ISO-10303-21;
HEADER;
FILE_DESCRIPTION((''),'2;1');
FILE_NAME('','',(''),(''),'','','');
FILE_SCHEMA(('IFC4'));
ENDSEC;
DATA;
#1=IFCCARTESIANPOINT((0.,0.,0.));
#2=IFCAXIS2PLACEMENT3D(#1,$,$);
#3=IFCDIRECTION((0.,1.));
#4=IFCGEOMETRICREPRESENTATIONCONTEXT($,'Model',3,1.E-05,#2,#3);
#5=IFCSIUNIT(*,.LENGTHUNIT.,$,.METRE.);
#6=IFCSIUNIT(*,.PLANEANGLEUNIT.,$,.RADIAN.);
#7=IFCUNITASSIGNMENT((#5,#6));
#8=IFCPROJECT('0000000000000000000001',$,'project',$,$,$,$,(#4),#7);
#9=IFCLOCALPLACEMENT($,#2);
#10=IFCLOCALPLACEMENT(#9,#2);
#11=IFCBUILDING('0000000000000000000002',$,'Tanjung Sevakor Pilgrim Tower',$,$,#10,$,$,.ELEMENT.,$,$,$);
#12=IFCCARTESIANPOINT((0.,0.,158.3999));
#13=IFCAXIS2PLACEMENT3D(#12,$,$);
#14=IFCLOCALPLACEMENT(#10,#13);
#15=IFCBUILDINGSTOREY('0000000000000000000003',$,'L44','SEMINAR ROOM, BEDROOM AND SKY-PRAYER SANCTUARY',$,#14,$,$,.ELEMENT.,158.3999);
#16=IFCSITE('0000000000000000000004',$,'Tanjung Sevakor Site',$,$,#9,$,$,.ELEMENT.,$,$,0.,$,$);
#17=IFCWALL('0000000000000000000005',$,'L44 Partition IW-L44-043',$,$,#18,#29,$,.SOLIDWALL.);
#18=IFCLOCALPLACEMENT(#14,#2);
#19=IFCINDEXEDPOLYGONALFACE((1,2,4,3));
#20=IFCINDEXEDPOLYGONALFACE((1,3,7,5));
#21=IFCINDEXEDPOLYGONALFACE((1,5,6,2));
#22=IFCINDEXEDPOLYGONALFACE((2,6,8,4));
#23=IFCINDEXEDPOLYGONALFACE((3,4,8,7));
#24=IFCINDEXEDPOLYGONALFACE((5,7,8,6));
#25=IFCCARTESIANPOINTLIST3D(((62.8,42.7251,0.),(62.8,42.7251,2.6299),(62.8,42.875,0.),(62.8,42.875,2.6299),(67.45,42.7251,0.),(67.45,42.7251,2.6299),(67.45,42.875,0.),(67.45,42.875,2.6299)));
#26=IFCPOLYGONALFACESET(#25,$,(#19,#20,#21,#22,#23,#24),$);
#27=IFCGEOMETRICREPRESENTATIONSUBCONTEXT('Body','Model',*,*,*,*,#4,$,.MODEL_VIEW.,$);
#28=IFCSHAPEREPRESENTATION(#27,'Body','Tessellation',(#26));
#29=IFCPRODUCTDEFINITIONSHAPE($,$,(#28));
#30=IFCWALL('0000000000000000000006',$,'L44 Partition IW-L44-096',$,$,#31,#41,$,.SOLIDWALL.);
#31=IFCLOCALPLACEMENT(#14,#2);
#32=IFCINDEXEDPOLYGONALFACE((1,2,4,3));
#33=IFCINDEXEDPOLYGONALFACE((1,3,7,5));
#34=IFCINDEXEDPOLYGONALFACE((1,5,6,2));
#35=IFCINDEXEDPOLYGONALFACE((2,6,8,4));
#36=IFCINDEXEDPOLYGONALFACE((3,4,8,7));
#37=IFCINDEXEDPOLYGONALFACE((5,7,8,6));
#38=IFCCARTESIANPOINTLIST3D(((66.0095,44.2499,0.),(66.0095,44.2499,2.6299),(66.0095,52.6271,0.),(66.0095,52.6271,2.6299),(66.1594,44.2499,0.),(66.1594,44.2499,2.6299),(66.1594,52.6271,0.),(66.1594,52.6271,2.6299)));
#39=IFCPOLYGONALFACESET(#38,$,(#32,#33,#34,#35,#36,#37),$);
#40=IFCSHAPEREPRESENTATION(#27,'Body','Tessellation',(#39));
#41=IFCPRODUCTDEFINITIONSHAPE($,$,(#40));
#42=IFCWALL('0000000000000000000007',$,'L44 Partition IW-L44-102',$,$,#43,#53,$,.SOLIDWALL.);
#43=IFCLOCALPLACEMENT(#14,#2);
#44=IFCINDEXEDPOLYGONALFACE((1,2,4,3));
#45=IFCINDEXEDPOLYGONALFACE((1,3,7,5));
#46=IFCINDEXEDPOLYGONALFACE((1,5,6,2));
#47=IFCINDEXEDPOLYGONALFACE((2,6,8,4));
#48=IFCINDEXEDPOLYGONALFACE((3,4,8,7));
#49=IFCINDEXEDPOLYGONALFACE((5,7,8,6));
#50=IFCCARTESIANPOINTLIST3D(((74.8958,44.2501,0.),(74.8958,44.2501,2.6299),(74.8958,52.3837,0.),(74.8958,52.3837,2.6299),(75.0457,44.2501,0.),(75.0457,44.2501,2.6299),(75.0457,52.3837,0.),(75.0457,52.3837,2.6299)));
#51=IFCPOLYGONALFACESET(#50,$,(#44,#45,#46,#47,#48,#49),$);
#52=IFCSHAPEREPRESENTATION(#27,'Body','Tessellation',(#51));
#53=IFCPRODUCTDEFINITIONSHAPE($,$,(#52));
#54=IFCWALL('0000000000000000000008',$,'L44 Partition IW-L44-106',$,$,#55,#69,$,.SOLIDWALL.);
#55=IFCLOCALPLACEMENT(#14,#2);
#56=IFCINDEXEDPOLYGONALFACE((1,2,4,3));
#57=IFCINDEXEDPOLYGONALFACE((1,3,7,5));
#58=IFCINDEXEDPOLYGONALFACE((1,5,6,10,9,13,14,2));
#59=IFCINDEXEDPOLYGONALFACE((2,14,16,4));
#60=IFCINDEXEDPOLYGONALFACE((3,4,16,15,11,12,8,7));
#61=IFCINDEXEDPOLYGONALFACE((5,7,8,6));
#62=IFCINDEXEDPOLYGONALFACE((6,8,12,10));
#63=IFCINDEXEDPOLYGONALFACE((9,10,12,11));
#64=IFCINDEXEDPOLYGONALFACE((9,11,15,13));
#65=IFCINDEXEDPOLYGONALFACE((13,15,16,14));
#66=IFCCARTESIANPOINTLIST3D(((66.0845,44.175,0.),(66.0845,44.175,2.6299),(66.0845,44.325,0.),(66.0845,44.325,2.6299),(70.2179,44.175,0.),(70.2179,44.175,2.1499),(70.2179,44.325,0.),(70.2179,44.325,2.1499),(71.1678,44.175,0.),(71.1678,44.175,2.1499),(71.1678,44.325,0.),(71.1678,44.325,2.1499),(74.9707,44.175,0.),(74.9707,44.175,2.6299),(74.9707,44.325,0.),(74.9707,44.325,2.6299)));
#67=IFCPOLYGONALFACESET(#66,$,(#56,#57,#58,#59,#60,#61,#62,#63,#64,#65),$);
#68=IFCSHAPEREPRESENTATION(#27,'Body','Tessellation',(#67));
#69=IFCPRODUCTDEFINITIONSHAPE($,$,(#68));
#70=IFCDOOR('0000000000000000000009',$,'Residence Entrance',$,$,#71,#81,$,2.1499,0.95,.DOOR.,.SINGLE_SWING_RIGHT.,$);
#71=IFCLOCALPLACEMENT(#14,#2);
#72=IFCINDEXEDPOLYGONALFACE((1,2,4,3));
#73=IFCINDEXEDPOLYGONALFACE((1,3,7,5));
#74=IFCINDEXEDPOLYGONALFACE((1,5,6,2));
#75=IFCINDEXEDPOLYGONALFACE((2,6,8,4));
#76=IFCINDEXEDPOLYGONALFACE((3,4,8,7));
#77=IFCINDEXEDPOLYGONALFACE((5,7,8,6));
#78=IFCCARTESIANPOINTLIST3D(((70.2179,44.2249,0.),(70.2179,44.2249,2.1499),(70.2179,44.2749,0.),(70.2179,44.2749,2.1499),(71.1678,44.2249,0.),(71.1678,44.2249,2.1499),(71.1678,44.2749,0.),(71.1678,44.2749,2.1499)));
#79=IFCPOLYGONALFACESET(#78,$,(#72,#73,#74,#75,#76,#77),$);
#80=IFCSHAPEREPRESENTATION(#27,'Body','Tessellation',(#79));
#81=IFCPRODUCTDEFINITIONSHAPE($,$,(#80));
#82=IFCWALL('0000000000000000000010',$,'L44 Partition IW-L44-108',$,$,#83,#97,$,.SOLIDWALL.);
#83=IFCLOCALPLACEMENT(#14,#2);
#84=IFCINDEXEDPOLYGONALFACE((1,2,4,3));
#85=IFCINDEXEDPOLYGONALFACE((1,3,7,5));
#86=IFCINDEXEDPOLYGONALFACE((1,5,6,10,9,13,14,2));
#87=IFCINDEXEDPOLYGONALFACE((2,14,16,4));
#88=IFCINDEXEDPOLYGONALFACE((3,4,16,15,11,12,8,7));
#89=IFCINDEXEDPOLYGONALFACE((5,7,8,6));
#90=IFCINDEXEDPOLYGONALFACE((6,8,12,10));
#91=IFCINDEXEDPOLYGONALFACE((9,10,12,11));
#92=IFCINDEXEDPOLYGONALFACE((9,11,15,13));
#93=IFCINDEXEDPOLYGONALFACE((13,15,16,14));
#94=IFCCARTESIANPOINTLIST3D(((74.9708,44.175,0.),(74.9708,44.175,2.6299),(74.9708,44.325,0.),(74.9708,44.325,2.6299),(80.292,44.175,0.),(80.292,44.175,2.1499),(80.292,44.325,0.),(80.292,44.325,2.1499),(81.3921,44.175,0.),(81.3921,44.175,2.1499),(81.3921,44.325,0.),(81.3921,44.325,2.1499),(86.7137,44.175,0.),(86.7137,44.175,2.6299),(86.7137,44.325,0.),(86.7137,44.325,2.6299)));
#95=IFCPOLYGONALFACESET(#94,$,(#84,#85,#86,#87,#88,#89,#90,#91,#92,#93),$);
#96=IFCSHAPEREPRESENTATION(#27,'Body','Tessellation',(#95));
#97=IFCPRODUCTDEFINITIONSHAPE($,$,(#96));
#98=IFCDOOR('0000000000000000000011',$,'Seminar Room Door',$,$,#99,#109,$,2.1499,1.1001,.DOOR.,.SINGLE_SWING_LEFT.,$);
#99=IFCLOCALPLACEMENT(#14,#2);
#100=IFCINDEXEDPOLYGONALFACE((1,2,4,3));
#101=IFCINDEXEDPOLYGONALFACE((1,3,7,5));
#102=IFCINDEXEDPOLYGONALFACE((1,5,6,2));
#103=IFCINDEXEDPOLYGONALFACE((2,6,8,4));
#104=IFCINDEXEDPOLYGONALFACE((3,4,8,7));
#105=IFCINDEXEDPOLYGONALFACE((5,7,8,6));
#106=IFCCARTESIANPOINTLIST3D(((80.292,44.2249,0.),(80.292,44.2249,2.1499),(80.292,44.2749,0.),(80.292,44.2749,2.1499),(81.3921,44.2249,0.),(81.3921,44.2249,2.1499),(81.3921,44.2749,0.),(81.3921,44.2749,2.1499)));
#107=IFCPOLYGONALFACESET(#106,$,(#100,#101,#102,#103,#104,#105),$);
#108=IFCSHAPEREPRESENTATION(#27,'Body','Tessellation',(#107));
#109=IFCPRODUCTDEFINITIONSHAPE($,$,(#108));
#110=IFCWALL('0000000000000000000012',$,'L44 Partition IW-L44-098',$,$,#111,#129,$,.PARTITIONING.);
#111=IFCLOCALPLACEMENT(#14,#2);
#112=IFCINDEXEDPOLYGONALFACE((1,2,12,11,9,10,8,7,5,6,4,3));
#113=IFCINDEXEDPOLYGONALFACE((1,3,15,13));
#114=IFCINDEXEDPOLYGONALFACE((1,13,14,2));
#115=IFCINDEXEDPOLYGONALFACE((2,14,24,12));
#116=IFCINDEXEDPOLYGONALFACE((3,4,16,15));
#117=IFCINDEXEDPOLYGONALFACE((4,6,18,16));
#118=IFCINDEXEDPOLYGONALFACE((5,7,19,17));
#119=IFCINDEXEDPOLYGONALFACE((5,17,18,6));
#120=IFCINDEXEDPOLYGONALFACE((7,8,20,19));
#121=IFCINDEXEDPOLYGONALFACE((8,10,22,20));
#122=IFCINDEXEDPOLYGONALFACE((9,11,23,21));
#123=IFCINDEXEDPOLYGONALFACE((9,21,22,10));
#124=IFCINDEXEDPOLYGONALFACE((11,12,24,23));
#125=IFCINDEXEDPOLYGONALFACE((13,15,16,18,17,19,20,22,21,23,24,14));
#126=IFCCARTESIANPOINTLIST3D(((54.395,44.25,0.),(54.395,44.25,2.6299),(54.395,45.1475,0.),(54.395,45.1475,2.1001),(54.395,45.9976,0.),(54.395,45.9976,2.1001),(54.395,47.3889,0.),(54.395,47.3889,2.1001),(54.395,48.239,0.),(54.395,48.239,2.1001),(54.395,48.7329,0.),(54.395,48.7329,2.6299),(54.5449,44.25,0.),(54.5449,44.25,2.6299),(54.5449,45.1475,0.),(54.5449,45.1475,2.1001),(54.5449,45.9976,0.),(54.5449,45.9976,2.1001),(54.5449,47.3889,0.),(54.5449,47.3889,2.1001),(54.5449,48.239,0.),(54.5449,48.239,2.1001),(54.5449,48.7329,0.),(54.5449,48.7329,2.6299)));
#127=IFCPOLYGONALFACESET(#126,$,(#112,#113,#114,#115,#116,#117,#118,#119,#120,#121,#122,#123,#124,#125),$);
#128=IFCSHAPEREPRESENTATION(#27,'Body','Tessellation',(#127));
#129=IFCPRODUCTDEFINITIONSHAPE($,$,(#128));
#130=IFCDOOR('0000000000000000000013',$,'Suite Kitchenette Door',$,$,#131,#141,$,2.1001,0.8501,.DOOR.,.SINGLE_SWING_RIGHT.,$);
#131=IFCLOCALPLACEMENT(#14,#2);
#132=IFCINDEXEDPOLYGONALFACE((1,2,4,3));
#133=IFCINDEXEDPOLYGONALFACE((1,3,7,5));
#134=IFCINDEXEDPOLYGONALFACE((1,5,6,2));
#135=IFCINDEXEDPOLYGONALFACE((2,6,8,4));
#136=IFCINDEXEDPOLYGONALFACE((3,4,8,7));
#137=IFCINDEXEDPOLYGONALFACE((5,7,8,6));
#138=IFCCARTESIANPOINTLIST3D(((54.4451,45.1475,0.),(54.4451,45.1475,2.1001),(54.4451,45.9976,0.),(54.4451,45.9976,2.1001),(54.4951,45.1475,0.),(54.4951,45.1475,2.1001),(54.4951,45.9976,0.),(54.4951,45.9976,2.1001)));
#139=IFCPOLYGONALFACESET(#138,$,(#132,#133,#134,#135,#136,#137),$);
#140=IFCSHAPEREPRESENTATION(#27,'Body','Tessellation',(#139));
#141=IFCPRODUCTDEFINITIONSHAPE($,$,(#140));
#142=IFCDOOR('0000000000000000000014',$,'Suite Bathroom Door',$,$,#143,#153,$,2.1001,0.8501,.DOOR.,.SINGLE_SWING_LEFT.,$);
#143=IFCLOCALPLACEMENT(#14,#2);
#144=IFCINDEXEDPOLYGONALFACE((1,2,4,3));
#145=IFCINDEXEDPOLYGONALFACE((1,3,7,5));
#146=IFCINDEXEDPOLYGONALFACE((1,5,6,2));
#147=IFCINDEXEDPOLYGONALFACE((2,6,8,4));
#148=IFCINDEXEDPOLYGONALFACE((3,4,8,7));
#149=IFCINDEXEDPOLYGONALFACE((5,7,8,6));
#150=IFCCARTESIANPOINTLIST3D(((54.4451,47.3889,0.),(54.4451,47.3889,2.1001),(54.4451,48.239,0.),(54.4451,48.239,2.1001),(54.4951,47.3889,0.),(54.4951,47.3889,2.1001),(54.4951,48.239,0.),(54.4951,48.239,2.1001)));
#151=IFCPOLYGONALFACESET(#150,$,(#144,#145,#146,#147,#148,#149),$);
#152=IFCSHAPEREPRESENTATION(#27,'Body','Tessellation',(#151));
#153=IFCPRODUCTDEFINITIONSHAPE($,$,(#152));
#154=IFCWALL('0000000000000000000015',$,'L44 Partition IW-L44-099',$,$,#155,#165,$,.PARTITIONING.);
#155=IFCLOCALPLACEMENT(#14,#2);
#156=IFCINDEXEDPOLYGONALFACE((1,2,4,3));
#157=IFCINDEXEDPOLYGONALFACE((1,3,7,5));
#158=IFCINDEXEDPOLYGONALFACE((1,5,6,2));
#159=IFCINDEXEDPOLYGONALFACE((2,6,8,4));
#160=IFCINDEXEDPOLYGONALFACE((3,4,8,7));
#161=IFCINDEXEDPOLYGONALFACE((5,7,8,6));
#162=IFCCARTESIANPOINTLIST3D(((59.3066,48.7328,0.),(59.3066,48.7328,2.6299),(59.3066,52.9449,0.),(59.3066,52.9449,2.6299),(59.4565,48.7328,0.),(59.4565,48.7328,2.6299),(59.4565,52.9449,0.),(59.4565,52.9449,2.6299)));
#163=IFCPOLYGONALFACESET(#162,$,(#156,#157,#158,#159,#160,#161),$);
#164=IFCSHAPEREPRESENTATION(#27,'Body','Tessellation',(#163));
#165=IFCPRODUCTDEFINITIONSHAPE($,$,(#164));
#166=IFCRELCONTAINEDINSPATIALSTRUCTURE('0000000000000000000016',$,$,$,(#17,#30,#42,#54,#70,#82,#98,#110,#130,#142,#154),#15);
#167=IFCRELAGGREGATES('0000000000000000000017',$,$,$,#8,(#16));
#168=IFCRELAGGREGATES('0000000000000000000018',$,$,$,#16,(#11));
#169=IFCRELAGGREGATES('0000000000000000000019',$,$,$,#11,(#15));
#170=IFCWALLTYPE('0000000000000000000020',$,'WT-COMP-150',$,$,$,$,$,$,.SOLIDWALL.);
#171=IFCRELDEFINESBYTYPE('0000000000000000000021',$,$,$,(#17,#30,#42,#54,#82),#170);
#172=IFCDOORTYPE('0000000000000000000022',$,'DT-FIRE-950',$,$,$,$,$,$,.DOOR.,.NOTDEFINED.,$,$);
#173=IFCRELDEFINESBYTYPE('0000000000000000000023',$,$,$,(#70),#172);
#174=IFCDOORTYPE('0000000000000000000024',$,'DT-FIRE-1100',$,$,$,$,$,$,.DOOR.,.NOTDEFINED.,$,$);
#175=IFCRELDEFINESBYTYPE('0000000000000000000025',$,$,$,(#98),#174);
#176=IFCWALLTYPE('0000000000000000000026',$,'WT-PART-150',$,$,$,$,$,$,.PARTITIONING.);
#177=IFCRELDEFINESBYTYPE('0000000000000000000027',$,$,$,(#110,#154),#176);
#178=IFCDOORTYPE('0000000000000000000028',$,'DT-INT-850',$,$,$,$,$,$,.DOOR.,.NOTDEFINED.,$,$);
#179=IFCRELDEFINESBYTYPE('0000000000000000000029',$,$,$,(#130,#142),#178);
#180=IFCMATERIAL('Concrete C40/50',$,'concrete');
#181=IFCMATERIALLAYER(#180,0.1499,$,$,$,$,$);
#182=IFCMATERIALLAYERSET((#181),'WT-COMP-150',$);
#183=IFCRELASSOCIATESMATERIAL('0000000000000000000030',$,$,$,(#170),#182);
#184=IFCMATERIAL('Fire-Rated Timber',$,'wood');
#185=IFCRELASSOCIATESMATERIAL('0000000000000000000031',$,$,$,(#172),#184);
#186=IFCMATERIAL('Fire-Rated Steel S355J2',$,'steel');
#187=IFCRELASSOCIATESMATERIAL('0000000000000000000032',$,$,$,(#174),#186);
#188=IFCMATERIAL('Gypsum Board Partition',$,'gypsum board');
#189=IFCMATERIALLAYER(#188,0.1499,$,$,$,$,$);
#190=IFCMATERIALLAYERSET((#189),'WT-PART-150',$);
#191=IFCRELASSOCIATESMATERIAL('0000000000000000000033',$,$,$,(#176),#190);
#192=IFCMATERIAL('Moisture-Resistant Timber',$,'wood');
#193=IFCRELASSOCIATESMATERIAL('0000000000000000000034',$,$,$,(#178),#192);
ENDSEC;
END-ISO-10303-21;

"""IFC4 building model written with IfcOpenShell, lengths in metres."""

from ifc_helpers import new_model, si_unit, direction, frame, frame_2d, origin, place, context, subcontext, project, spatial, rectangle, extrude, material, layer, layer_set, type_object, element, fill, save


model = new_model("IFC4")

# Units and contexts
model_context = context("Model", 3, precision=1e-05, world=origin(), true_north=direction((0.0, 1.0)))
body_context = subcontext(model_context, "Body", "Model", "MODEL_VIEW")
ifc_project = project(units=[si_unit("LENGTHUNIT", "METRE"), si_unit("PLANEANGLEUNIT", "RADIAN")], contexts=[model_context])

# Site, building, storey
site_placement = place(None, origin())
site = spatial("IfcSite", under=ifc_project, at=site_placement, Name="Tanjung Sevakor Site", CompositionType="ELEMENT", RefElevation=0.0)
building_placement = place(site_placement, origin())
building = spatial("IfcBuilding", under=site, at=building_placement, Name="Tanjung Sevakor Pilgrim Tower", CompositionType="ELEMENT")
storey_placement = place(building_placement, frame((0.0, 0.0, 158.3999)))
storey = spatial("IfcBuildingStorey", under=building, at=storey_placement, Name="L44", Description="SEMINAR ROOM, BEDROOM AND SKY-PRAYER SANCTUARY", CompositionType="ELEMENT", Elevation=158.3999)

# Walls
ifc_material_1 = material(Name="Concrete C40/50", Category="concrete")
ifc_layer_1 = layer(ifc_material_1, 0.1499)
ifc_layer_set_1 = layer_set([ifc_layer_1], Name="WT-COMP-150")
wall_type_1 = type_object("IfcWallType", Name="WT-COMP-150", PredefinedType="SOLIDWALL", material=ifc_layer_set_1)
wall_1_placement = place(storey_placement, frame((62.8, 42.8, 0.0), z_axis=(0.0, 0.0, 1.0), x_axis=(1.0, 0.0, 0.0)))
element("IfcWall", 1, at=wall_1_placement, inside=storey, type_object=wall_type_1, Name="L44 Partition IW-L44-043", PredefinedType="SOLIDWALL", context=body_context, shape_type="SweptSolid", body=[
    extrude(rectangle(XDim=4.6499, YDim=0.1499, at=frame_2d((2.325, 0.0))), origin(), (0.0, 0.0, 1.0), 2.6299),
])
wall_2_placement = place(storey_placement, frame((66.0845, 44.25, 0.0), z_axis=(0.0, 0.0, 1.0), x_axis=(0.0, 1.0, 0.0)))
element("IfcWall", 2, at=wall_2_placement, inside=storey, type_object=wall_type_1, Name="L44 Partition IW-L44-096", PredefinedType="SOLIDWALL", context=body_context, shape_type="SweptSolid", body=[
    extrude(rectangle(XDim=8.3772, YDim=0.1499, at=frame_2d((4.1885, 0.0))), origin(), (0.0, 0.0, 1.0), 2.6299),
])
wall_3_placement = place(storey_placement, frame((74.9707, 44.25, 0.0), z_axis=(0.0, 0.0, 1.0), x_axis=(0.0, 1.0, 0.0)))
element("IfcWall", 3, at=wall_3_placement, inside=storey, type_object=wall_type_1, Name="L44 Partition IW-L44-102", PredefinedType="SOLIDWALL", context=body_context, shape_type="SweptSolid", body=[
    extrude(rectangle(XDim=8.1335, YDim=0.1499, at=frame_2d((4.0669, 0.0))), origin(), (0.0, 0.0, 1.0), 2.6299),
])

# Walls, openings, doors
wall_4_placement = place(storey_placement, frame((66.0845, 44.25, 0.0), z_axis=(0.0, 0.0, 1.0), x_axis=(1.0, 0.0, 0.0)))
wall_4 = element("IfcWall", 4, at=wall_4_placement, inside=storey, type_object=wall_type_1, Name="L44 Partition IW-L44-106", PredefinedType="SOLIDWALL", context=body_context, shape_type="SweptSolid", body=[
    extrude(rectangle(XDim=8.8862, YDim=0.1499, at=frame_2d((4.4431, 0.0))), origin(), (0.0, 0.0, 1.0), 2.6299),
])
opening_1_placement = place(wall_4_placement, frame((4.1333, 0.0, 0.0)))
opening_1 = element("IfcOpeningElement", 5, at=opening_1_placement, cuts=wall_4, PredefinedType="OPENING", context=body_context, shape_type="SweptSolid", body=[
    extrude(rectangle(XDim=0.95, YDim=2.1499, at=frame_2d((0.4751, 1.075))), frame((0.0, 0.085, 0.0), z_axis=(0.0, -1.0, 0.0), x_axis=(1.0, 0.0, 0.0)), (0.0, 0.0, 1.0), 0.1699),
])
ifc_material_2 = material(Name="Fire-Rated Timber", Category="wood")
door_type_1 = type_object("IfcDoorType", Name="DT-FIRE-950", OperationType="NOTDEFINED", PredefinedType="DOOR", material=ifc_material_2)
door_1_placement = place(opening_1_placement, origin())
door_1 = element("IfcDoor", 6, at=door_1_placement, inside=storey, type_object=door_type_1, Name="Residence Entrance", OperationType="SINGLE_SWING_RIGHT", OverallHeight=2.1499, OverallWidth=0.95, PredefinedType="DOOR", context=body_context, shape_type="SweptSolid", body=[
    extrude(rectangle(XDim=0.95, YDim=2.1499, at=frame_2d((0.4751, 1.075))), frame((0.0, 0.0249, 0.0), z_axis=(0.0, -1.0, 0.0), x_axis=(1.0, 0.0, 0.0)), (0.0, 0.0, 1.0), 0.05),
])
fill(opening_1, door_1)
wall_5_placement = place(storey_placement, frame((74.9707, 44.25, 0.0), z_axis=(0.0, 0.0, 1.0), x_axis=(1.0, 0.0, 0.0)))
wall_5 = element("IfcWall", 7, at=wall_5_placement, inside=storey, type_object=wall_type_1, Name="L44 Partition IW-L44-108", PredefinedType="SOLIDWALL", context=body_context, shape_type="SweptSolid", body=[
    extrude(rectangle(XDim=11.7429, YDim=0.1499, at=frame_2d((5.8716, 0.0))), origin(), (0.0, 0.0, 1.0), 2.6299),
])
opening_2_placement = place(wall_5_placement, frame((5.3213, 0.0, 0.0)))
opening_2 = element("IfcOpeningElement", 8, at=opening_2_placement, cuts=wall_5, PredefinedType="OPENING", context=body_context, shape_type="SweptSolid", body=[
    extrude(rectangle(XDim=1.1001, YDim=2.1499, at=frame_2d((0.55, 1.075))), frame((0.0, 0.085, 0.0), z_axis=(0.0, -1.0, 0.0), x_axis=(1.0, 0.0, 0.0)), (0.0, 0.0, 1.0), 0.1699),
])
ifc_material_3 = material(Name="Fire-Rated Steel S355J2", Category="steel")
door_type_2 = type_object("IfcDoorType", Name="DT-FIRE-1100", OperationType="NOTDEFINED", PredefinedType="DOOR", material=ifc_material_3)
door_2_placement = place(opening_2_placement, origin())
door_2 = element("IfcDoor", 9, at=door_2_placement, inside=storey, type_object=door_type_2, Name="Seminar Room Door", OperationType="SINGLE_SWING_LEFT", OverallHeight=2.1499, OverallWidth=1.1001, PredefinedType="DOOR", context=body_context, shape_type="SweptSolid", body=[
    extrude(rectangle(XDim=1.1001, YDim=2.1499, at=frame_2d((0.55, 1.075))), frame((0.0, 0.0249, 0.0), z_axis=(0.0, -1.0, 0.0), x_axis=(1.0, 0.0, 0.0)), (0.0, 0.0, 1.0), 0.05),
])
fill(opening_2, door_2)

# Wall, openings, doors
ifc_material_4 = material(Name="Gypsum Board Partition", Category="gypsum board")
ifc_layer_2 = layer(ifc_material_4, 0.1499)
ifc_layer_set_2 = layer_set([ifc_layer_2], Name="WT-PART-150")
wall_type_2 = type_object("IfcWallType", Name="WT-PART-150", PredefinedType="PARTITIONING", material=ifc_layer_set_2)
wall_6_placement = place(storey_placement, frame((54.47, 44.25, 0.0), z_axis=(0.0, 0.0, 1.0), x_axis=(0.0, 1.0, 0.0)))
wall_6 = element("IfcWall", 10, at=wall_6_placement, inside=storey, type_object=wall_type_2, Name="L44 Partition IW-L44-098", PredefinedType="PARTITIONING", context=body_context, shape_type="SweptSolid", body=[
    extrude(rectangle(XDim=4.4829, YDim=0.1499, at=frame_2d((2.2415, 0.0))), origin(), (0.0, 0.0, 1.0), 2.6299),
])
opening_3_placement = place(wall_6_placement, frame((0.8975, 0.0, 0.0)))
opening_3 = element("IfcOpeningElement", 11, at=opening_3_placement, cuts=wall_6, PredefinedType="OPENING", context=body_context, shape_type="SweptSolid", body=[
    extrude(rectangle(XDim=0.8501, YDim=2.1001, at=frame_2d((0.425, 1.05))), frame((0.0, 0.085, 0.0), z_axis=(0.0, -1.0, 0.0), x_axis=(1.0, 0.0, 0.0)), (0.0, 0.0, 1.0), 0.1699),
])
opening_4_placement = place(wall_6_placement, frame((3.1389, 0.0, 0.0)))
opening_4 = element("IfcOpeningElement", 12, at=opening_4_placement, cuts=wall_6, PredefinedType="OPENING", context=body_context, shape_type="SweptSolid", body=[
    extrude(rectangle(XDim=0.8501, YDim=2.1001, at=frame_2d((0.425, 1.05))), frame((0.0, 0.085, 0.0), z_axis=(0.0, -1.0, 0.0), x_axis=(1.0, 0.0, 0.0)), (0.0, 0.0, 1.0), 0.1699),
])
ifc_material_5 = material(Name="Moisture-Resistant Timber", Category="wood")
door_type_3 = type_object("IfcDoorType", Name="DT-INT-850", OperationType="NOTDEFINED", PredefinedType="DOOR", material=ifc_material_5)
door_3_placement = place(opening_3_placement, origin())
door_3 = element("IfcDoor", 13, at=door_3_placement, inside=storey, type_object=door_type_3, Name="Suite Kitchenette Door", OperationType="SINGLE_SWING_RIGHT", OverallHeight=2.1001, OverallWidth=0.8501, PredefinedType="DOOR", context=body_context, shape_type="SweptSolid", body=[
    extrude(rectangle(XDim=0.8501, YDim=2.1001, at=frame_2d((0.425, 1.05))), frame((0.0, 0.0249, 0.0), z_axis=(0.0, -1.0, 0.0), x_axis=(1.0, 0.0, 0.0)), (0.0, 0.0, 1.0), 0.05),
])
fill(opening_3, door_3)
door_4_placement = place(opening_4_placement, origin())
door_4 = element("IfcDoor", 14, at=door_4_placement, inside=storey, type_object=door_type_3, Name="Suite Bathroom Door", OperationType="SINGLE_SWING_LEFT", OverallHeight=2.1001, OverallWidth=0.8501, PredefinedType="DOOR", context=body_context, shape_type="SweptSolid", body=[
    extrude(rectangle(XDim=0.8501, YDim=2.1001, at=frame_2d((0.425, 1.05))), frame((0.0, 0.0249, 0.0), z_axis=(0.0, -1.0, 0.0), x_axis=(1.0, 0.0, 0.0)), (0.0, 0.0, 1.0), 0.05),
])
fill(opening_4, door_4)

# Wall
wall_7_placement = place(storey_placement, frame((59.3816, 48.7329, 0.0), z_axis=(0.0, 0.0, 1.0), x_axis=(0.0, 1.0, 0.0)))
element("IfcWall", 15, at=wall_7_placement, inside=storey, type_object=wall_type_2, Name="L44 Partition IW-L44-099", PredefinedType="PARTITIONING", context=body_context, shape_type="SweptSolid", body=[
    extrude(rectangle(XDim=4.2122, YDim=0.1499, at=frame_2d((2.106, 0.0))), origin(), (0.0, 0.0, 1.0), 2.6299),
])

save(model, "model.ifc")
